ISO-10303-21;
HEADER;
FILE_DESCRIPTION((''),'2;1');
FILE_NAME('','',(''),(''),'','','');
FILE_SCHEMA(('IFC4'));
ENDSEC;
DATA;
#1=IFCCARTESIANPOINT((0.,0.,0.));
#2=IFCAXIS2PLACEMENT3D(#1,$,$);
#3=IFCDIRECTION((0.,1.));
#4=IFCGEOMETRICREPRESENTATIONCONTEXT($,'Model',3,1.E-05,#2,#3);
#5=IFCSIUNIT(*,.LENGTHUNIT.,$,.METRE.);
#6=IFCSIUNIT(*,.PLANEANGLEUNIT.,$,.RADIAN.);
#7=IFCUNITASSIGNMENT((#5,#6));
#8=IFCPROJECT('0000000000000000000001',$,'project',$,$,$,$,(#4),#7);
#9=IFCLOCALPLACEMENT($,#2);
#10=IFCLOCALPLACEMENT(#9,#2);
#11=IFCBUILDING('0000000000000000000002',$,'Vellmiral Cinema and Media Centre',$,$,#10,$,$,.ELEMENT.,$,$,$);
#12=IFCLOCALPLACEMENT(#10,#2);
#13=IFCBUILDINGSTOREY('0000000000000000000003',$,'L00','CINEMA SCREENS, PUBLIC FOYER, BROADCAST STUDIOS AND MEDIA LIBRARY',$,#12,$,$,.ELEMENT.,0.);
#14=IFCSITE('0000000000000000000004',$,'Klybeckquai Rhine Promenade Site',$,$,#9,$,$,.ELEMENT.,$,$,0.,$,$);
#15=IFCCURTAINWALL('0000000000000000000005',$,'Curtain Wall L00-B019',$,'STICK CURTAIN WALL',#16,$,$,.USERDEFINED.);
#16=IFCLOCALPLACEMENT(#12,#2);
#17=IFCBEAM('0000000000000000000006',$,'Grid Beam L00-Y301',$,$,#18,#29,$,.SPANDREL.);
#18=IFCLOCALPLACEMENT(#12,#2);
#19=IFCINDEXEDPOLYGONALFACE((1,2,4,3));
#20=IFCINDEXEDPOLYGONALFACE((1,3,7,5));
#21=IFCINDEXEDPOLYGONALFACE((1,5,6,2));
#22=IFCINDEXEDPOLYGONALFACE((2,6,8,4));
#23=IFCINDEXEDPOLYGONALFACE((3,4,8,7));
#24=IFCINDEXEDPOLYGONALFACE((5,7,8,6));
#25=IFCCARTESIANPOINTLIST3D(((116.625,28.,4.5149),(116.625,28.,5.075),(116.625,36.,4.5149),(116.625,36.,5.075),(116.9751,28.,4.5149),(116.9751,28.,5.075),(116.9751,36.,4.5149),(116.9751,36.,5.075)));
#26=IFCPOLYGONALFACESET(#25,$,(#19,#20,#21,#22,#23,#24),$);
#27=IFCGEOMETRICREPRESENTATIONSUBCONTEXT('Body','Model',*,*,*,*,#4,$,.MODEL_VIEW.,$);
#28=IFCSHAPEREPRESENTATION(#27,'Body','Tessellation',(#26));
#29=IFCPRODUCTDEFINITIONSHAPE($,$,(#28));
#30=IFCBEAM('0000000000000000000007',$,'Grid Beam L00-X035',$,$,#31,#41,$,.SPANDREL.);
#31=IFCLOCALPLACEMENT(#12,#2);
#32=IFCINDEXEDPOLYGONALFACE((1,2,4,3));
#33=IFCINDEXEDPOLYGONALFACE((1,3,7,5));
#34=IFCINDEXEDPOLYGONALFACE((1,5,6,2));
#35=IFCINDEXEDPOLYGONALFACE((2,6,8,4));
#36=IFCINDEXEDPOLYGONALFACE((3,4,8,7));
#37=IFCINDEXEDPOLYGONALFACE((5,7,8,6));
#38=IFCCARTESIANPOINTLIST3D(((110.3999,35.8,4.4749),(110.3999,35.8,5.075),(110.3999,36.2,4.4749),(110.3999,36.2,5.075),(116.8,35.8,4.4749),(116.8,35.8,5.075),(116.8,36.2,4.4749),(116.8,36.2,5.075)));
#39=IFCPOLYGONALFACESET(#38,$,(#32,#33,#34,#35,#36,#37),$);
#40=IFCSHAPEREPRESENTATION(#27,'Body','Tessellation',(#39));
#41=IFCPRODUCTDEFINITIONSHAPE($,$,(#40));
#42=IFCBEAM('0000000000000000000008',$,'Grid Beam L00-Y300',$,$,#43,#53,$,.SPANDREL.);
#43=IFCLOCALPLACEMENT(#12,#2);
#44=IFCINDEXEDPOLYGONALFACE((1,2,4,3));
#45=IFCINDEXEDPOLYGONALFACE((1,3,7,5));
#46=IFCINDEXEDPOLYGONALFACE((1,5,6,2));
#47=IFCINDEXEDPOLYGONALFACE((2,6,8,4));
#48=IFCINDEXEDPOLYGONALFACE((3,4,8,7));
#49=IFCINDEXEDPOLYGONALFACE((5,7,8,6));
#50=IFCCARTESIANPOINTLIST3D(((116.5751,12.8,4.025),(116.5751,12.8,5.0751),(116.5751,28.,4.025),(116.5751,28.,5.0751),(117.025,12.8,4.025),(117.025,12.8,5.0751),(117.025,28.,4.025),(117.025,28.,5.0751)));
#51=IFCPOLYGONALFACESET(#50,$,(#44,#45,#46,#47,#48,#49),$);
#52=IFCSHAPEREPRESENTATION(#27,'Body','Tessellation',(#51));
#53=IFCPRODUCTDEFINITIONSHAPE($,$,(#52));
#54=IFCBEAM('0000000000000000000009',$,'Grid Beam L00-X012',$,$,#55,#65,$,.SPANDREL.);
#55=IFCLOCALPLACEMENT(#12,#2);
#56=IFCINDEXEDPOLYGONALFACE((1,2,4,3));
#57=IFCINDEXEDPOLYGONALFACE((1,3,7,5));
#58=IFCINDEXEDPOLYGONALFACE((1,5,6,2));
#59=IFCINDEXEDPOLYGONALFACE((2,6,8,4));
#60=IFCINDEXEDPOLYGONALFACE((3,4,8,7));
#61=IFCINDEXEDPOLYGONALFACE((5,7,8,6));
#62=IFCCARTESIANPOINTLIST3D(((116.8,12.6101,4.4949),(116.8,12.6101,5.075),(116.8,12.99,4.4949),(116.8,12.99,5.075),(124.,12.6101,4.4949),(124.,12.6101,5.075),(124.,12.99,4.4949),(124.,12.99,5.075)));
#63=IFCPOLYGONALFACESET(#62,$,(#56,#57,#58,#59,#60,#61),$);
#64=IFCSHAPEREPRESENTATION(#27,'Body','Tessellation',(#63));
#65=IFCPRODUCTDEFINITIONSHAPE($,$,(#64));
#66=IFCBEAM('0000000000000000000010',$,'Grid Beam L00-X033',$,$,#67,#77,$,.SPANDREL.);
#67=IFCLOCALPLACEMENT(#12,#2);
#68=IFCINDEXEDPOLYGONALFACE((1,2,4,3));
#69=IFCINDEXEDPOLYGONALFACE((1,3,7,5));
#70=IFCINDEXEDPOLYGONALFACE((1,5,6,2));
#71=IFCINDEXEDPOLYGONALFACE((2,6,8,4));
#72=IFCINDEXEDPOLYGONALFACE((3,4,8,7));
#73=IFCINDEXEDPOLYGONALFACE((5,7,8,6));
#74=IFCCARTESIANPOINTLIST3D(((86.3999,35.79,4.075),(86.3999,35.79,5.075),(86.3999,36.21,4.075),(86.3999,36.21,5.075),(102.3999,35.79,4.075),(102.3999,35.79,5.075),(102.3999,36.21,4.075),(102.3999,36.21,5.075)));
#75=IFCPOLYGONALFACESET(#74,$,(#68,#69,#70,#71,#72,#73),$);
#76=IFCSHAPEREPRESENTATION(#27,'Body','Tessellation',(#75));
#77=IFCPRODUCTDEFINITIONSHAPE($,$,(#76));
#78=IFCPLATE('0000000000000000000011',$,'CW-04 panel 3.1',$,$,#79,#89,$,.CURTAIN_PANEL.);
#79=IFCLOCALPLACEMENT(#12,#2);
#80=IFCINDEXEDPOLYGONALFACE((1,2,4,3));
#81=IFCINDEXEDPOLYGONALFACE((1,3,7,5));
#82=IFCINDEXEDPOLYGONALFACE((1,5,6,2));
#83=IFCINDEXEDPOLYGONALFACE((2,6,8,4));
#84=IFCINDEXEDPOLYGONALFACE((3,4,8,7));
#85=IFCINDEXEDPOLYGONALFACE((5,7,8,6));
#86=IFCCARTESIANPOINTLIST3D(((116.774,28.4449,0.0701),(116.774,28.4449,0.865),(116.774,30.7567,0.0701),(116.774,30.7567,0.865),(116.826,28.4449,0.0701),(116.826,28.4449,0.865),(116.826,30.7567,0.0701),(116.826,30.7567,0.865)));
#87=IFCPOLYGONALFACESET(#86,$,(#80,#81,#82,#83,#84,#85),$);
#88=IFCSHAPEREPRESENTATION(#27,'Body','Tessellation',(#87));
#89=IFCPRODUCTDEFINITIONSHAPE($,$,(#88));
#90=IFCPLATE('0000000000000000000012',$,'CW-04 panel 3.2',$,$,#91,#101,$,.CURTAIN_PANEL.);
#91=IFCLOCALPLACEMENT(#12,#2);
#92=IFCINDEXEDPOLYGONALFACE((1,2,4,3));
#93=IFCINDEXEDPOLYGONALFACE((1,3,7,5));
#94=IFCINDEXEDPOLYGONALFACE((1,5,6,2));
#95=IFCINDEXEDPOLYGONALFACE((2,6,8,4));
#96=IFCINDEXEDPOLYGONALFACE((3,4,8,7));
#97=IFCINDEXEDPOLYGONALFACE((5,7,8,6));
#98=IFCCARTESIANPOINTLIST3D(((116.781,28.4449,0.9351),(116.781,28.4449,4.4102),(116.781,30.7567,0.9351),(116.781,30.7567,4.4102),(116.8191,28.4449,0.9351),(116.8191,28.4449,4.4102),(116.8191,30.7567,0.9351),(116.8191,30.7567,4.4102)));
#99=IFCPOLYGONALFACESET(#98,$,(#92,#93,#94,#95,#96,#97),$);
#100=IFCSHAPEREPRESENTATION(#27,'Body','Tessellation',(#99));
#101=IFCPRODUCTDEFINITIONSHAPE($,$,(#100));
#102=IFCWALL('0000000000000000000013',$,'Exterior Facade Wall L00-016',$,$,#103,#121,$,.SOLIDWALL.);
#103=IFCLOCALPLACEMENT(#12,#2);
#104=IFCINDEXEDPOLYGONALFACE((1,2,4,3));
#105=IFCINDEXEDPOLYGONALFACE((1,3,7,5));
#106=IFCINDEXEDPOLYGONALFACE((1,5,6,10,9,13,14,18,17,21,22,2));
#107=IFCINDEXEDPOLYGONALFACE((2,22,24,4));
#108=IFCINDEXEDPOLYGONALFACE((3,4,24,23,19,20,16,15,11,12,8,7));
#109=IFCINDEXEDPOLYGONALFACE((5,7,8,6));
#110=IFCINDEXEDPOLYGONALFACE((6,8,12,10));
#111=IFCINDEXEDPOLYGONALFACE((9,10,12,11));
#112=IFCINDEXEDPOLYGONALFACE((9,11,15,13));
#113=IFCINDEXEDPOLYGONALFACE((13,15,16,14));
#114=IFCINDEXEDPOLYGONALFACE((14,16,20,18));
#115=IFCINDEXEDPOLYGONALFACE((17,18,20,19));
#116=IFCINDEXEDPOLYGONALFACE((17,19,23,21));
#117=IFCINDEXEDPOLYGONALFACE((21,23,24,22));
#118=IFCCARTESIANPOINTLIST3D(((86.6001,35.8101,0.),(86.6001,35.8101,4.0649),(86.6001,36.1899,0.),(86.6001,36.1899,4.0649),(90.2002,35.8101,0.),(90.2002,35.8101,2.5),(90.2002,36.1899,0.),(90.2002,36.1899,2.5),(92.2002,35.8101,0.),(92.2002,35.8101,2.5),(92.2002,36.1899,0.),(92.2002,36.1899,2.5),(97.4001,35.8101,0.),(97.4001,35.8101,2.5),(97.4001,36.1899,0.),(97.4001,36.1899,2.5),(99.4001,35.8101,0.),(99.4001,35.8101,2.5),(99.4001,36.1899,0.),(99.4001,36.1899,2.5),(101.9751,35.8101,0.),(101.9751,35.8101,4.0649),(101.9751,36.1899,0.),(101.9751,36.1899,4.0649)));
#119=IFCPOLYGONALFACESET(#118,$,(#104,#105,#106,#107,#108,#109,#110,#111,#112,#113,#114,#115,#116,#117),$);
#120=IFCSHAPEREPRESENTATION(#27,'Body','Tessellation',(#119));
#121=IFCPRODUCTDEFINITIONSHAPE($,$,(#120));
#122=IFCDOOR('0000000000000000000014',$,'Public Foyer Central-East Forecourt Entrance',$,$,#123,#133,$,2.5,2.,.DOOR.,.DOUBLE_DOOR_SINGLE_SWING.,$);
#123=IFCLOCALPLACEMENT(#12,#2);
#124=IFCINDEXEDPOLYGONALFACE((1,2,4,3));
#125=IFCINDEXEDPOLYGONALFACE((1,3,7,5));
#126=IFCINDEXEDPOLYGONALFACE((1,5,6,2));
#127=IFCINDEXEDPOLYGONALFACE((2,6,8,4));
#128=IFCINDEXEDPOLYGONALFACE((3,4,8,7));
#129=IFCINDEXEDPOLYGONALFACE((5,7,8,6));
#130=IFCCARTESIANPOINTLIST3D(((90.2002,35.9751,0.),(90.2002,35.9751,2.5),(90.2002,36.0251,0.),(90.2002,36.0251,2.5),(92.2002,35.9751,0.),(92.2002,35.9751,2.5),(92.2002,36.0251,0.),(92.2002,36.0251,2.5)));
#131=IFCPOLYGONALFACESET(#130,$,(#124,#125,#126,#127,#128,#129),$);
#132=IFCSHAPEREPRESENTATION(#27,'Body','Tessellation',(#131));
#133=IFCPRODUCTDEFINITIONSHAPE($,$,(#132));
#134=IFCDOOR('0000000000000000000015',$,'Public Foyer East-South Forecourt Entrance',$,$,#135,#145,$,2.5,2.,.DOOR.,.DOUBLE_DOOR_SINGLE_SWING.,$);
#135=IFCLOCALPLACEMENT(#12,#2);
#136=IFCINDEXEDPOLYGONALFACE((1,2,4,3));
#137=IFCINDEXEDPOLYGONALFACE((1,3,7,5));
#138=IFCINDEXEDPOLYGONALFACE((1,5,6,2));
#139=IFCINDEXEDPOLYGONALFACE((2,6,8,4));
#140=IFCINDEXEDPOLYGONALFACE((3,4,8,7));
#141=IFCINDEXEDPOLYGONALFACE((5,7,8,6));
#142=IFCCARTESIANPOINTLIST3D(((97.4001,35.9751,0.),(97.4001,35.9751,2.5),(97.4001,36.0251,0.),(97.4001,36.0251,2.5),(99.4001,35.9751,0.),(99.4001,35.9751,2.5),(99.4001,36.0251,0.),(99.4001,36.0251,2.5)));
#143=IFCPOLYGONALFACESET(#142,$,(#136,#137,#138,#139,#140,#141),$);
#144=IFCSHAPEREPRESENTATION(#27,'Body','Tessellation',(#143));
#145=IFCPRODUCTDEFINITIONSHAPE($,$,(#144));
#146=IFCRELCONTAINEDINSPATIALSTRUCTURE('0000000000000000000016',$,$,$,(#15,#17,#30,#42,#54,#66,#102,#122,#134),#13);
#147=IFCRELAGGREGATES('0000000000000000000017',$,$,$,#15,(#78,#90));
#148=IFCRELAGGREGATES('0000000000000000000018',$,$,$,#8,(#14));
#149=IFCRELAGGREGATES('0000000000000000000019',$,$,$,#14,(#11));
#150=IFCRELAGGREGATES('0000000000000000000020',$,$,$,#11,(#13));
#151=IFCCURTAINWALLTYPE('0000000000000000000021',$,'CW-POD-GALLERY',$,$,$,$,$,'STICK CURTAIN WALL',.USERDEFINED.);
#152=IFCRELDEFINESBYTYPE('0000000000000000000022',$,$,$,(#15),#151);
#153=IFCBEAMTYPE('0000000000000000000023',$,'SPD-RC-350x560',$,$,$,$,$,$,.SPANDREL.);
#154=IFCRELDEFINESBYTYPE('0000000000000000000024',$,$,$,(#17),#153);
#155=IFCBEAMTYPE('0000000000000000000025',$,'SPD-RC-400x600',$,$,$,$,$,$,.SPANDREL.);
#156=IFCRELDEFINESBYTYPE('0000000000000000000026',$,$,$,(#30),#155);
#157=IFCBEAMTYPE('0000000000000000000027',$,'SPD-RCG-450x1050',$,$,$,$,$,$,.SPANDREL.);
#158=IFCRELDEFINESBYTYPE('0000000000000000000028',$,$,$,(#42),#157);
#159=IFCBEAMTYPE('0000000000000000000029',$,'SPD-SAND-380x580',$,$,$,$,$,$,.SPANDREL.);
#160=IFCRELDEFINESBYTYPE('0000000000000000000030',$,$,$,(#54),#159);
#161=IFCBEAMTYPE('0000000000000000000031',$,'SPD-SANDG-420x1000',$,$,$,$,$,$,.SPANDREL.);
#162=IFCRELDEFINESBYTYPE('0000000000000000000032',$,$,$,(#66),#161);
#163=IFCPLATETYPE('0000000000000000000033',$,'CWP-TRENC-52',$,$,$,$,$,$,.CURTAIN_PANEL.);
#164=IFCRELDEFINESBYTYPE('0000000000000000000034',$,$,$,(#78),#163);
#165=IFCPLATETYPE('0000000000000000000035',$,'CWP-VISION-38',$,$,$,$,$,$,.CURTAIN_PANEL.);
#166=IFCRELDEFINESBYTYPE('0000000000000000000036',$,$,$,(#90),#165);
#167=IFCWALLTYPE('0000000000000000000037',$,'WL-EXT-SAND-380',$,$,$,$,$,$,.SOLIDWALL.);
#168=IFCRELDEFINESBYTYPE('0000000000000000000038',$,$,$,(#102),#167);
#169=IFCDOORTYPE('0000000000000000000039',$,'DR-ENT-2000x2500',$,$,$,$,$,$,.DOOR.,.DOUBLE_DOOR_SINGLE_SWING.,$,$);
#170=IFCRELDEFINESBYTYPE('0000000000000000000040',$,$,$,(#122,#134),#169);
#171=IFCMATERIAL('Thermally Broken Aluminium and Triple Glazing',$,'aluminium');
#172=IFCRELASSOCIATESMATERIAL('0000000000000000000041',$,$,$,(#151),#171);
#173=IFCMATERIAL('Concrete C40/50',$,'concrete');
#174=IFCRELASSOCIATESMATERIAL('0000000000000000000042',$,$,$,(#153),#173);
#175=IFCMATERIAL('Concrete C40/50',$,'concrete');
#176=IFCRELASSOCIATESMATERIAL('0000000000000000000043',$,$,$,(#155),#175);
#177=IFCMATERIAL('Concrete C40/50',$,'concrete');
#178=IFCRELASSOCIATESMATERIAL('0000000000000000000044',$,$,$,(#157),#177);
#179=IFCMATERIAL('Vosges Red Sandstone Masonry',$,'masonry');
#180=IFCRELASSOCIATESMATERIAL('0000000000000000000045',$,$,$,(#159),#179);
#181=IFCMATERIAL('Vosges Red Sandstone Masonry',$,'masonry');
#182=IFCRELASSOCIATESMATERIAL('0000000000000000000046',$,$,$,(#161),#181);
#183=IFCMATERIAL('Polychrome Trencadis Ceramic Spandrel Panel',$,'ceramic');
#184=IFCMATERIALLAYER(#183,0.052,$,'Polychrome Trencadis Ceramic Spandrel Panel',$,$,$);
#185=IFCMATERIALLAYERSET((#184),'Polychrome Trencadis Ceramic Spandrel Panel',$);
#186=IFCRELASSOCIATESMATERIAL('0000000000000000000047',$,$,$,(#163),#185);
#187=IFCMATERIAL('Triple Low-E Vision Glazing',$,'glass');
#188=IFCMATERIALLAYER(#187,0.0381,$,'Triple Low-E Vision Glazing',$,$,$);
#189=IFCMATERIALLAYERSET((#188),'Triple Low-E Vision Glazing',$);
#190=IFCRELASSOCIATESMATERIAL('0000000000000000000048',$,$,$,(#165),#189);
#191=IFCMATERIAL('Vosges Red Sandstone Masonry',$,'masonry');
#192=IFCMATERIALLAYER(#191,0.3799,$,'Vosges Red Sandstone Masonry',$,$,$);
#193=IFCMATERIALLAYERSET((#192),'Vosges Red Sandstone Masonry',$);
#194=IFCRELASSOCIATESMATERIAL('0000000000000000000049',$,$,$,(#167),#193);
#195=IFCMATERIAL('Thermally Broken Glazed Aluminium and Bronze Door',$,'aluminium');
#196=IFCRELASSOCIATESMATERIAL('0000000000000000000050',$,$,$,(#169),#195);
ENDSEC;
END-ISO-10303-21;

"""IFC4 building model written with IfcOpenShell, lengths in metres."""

from ifc_helpers import new_model, si_unit, direction, frame, frame_2d, origin, origin_2d, place, context, subcontext, project, spatial, rectangle, extrude, material, layer, layer_set, material_profile, profile_set, type_object, element, fill, aggregate, save


model = new_model("IFC4")

# Units and contexts
model_context = context("Model", 3, precision=1e-05, world=origin(), true_north=direction((0.0, 1.0)))
body_context = subcontext(model_context, "Body", "Model", "MODEL_VIEW")
ifc_project = project(units=[si_unit("LENGTHUNIT", "METRE"), si_unit("PLANEANGLEUNIT", "RADIAN")], contexts=[model_context])

# Site, building, storey
site_placement = place(None, origin())
site = spatial("IfcSite", under=ifc_project, at=site_placement, Name="Klybeckquai Rhine Promenade Site", CompositionType="ELEMENT", RefElevation=0.0)
building_placement = place(site_placement, origin())
building = spatial("IfcBuilding", under=site, at=building_placement, Name="Vellmiral Cinema and Media Centre", CompositionType="ELEMENT")
storey_placement = place(building_placement, origin())
storey = spatial("IfcBuildingStorey", under=building, at=storey_placement, Name="L00", Description="CINEMA SCREENS, PUBLIC FOYER, BROADCAST STUDIOS AND MEDIA LIBRARY", CompositionType="ELEMENT", Elevation=0.0)

# Curtain wall
ifc_material_1 = material(Name="Thermally Broken Aluminium and Triple Glazing", Category="aluminium")
curtain_wall_type = type_object("IfcCurtainWallType", Name="CW-POD-GALLERY", ElementType="STICK CURTAIN WALL", PredefinedType="USERDEFINED", material=ifc_material_1)
curtain_wall_placement = place(storey_placement, origin())
curtain_wall = element("IfcCurtainWall", 1, at=curtain_wall_placement, inside=storey, type_object=curtain_wall_type, Name="Curtain Wall L00-B019", ObjectType="STICK CURTAIN WALL", PredefinedType="USERDEFINED")

# Beams
ifc_material_2 = material(Name="Concrete C40/50", Category="concrete")
ifc_material_profile_1 = material_profile(ifc_material_2, rectangle(XDim=0.3501, YDim=0.5601, at=origin_2d()), Name="RC 350x560")
ifc_profile_set_1 = profile_set([ifc_material_profile_1], Name="Concrete C40/50")
beam_type_1 = type_object("IfcBeamType", Name="SPD-RC-350x560", PredefinedType="SPANDREL", material=ifc_profile_set_1)
beam_1_placement = place(storey_placement, frame((116.8, 28.0, 4.7949), z_axis=(0.0, 1.0, 0.0), x_axis=(-1.0, 0.0, 0.0)))
element("IfcBeam", 2, at=beam_1_placement, inside=storey, type_object=beam_type_1, Name="Grid Beam L00-Y301", PredefinedType="SPANDREL", context=body_context, shape_type="SweptSolid", body=[
    extrude(rectangle(XDim=0.3501, YDim=0.5601, at=origin_2d()), origin(), (0.0, 0.0, 1.0), 8.0),
])
ifc_material_3 = material(Name="Concrete C40/50", Category="concrete")
ifc_material_profile_2 = material_profile(ifc_material_3, rectangle(XDim=0.3999, YDim=0.6001, at=origin_2d()), Name="RC 400x600")
ifc_profile_set_2 = profile_set([ifc_material_profile_2], Name="Concrete C40/50")
beam_type_2 = type_object("IfcBeamType", Name="SPD-RC-400x600", PredefinedType="SPANDREL", material=ifc_profile_set_2)
beam_2_placement = place(storey_placement, frame((110.3999, 36.0, 4.7749), z_axis=(1.0, 0.0, 0.0), x_axis=(0.0, 1.0, 0.0)))
element("IfcBeam", 3, at=beam_2_placement, inside=storey, type_object=beam_type_2, Name="Grid Beam L00-X035", PredefinedType="SPANDREL", context=body_context, shape_type="SweptSolid", body=[
    extrude(rectangle(XDim=0.3999, YDim=0.6001, at=origin_2d()), origin(), (0.0, 0.0, 1.0), 6.4001),
])
ifc_material_4 = material(Name="Concrete C40/50", Category="concrete")
ifc_material_profile_3 = material_profile(ifc_material_4, rectangle(XDim=0.45, YDim=1.05, at=origin_2d()), Name="RC 450x1050")
ifc_profile_set_3 = profile_set([ifc_material_profile_3], Name="Concrete C40/50")
beam_type_3 = type_object("IfcBeamType", Name="SPD-RCG-450x1050", PredefinedType="SPANDREL", material=ifc_profile_set_3)
beam_3_placement = place(storey_placement, frame((116.8, 12.8, 4.55), z_axis=(0.0, 1.0, 0.0), x_axis=(-1.0, 0.0, 0.0)))
element("IfcBeam", 4, at=beam_3_placement, inside=storey, type_object=beam_type_3, Name="Grid Beam L00-Y300", PredefinedType="SPANDREL", context=body_context, shape_type="SweptSolid", body=[
    extrude(rectangle(XDim=0.45, YDim=1.05, at=origin_2d()), origin(), (0.0, 0.0, 1.0), 15.2),
])
ifc_material_5 = material(Name="Vosges Red Sandstone Masonry", Category="masonry")
ifc_material_profile_4 = material_profile(ifc_material_5, rectangle(XDim=0.3799, YDim=0.5801, at=origin_2d()), Name="SAND 380x580")
ifc_profile_set_4 = profile_set([ifc_material_profile_4], Name="Vosges Red Sandstone Masonry")
beam_type_4 = type_object("IfcBeamType", Name="SPD-SAND-380x580", PredefinedType="SPANDREL", material=ifc_profile_set_4)
beam_4_placement = place(storey_placement, frame((116.8, 12.8, 4.7849), z_axis=(1.0, 0.0, 0.0), x_axis=(0.0, 1.0, 0.0)))
element("IfcBeam", 5, at=beam_4_placement, inside=storey, type_object=beam_type_4, Name="Grid Beam L00-X012", PredefinedType="SPANDREL", context=body_context, shape_type="SweptSolid", body=[
    extrude(rectangle(XDim=0.3799, YDim=0.5801, at=origin_2d()), origin(), (0.0, 0.0, 1.0), 7.2),
])
ifc_material_6 = material(Name="Vosges Red Sandstone Masonry", Category="masonry")
ifc_material_profile_5 = material_profile(ifc_material_6, rectangle(XDim=0.4199, YDim=1.0, at=origin_2d()), Name="SAND 420x1000")
ifc_profile_set_5 = profile_set([ifc_material_profile_5], Name="Vosges Red Sandstone Masonry")
beam_type_5 = type_object("IfcBeamType", Name="SPD-SANDG-420x1000", PredefinedType="SPANDREL", material=ifc_profile_set_5)
beam_5_placement = place(storey_placement, frame((86.3999, 36.0, 4.575), z_axis=(1.0, 0.0, 0.0), x_axis=(0.0, 1.0, 0.0)))
element("IfcBeam", 6, at=beam_5_placement, inside=storey, type_object=beam_type_5, Name="Grid Beam L00-X033", PredefinedType="SPANDREL", context=body_context, shape_type="SweptSolid", body=[
    extrude(rectangle(XDim=0.4199, YDim=1.0, at=origin_2d()), origin(), (0.0, 0.0, 1.0), 16.0),
])

# Plates
ifc_material_7 = material(Name="Polychrome Trencadis Ceramic Spandrel Panel", Category="ceramic")
ifc_layer_1 = layer(ifc_material_7, 0.052, Name="Polychrome Trencadis Ceramic Spandrel Panel")
ifc_layer_set_1 = layer_set([ifc_layer_1], Name="Polychrome Trencadis Ceramic Spandrel Panel")
plate_type_1 = type_object("IfcPlateType", Name="CWP-TRENC-52", PredefinedType="CURTAIN_PANEL", material=ifc_layer_set_1)
plate_1_placement = place(storey_placement, frame((116.8, 29.6008, 0.0701), z_axis=(0.0, 0.0, 1.0), x_axis=(0.0, -1.0, 0.0)))
plate_1 = element("IfcPlate", 7, at=plate_1_placement, type_object=plate_type_1, Name="CW-04 panel 3.1", PredefinedType="CURTAIN_PANEL", context=body_context, shape_type="SweptSolid", body=[
    extrude(rectangle(XDim=2.3118, YDim=0.052, at=origin_2d()), origin(), (0.0, 0.0, 1.0), 0.7949),
])
ifc_material_8 = material(Name="Triple Low-E Vision Glazing", Category="glass")
ifc_layer_2 = layer(ifc_material_8, 0.0381, Name="Triple Low-E Vision Glazing")
ifc_layer_set_2 = layer_set([ifc_layer_2], Name="Triple Low-E Vision Glazing")
plate_type_2 = type_object("IfcPlateType", Name="CWP-VISION-38", PredefinedType="CURTAIN_PANEL", material=ifc_layer_set_2)
plate_2_placement = place(storey_placement, frame((116.8, 29.6008, 0.9351), z_axis=(0.0, 0.0, 1.0), x_axis=(0.0, -1.0, 0.0)))
plate_2 = element("IfcPlate", 8, at=plate_2_placement, type_object=plate_type_2, Name="CW-04 panel 3.2", PredefinedType="CURTAIN_PANEL", context=body_context, shape_type="SweptSolid", body=[
    extrude(rectangle(XDim=2.3118, YDim=0.0381, at=origin_2d()), origin(), (0.0, 0.0, 1.0), 3.4751),
])
aggregate(curtain_wall, [plate_1, plate_2])

# Wall, openings, doors
ifc_material_9 = material(Name="Vosges Red Sandstone Masonry", Category="masonry")
ifc_layer_3 = layer(ifc_material_9, 0.3799, Name="Vosges Red Sandstone Masonry")
ifc_layer_set_3 = layer_set([ifc_layer_3], Name="Vosges Red Sandstone Masonry")
wall_type = type_object("IfcWallType", Name="WL-EXT-SAND-380", PredefinedType="SOLIDWALL", material=ifc_layer_set_3)
wall_1_placement = place(storey_placement, frame((86.6001, 36.0, 0.0), z_axis=(0.0, 0.0, 1.0), x_axis=(1.0, 0.0, 0.0)))
wall_1 = element("IfcWall", 9, at=wall_1_placement, inside=storey, type_object=wall_type, Name="Exterior Facade Wall L00-016", PredefinedType="SOLIDWALL", context=body_context, shape_type="SweptSolid", body=[
    extrude(rectangle(XDim=15.375, YDim=0.3799, at=frame_2d((7.6875, 0.0))), origin(), (0.0, 0.0, 1.0), 4.0649),
])
opening_1_placement = place(wall_1_placement, frame((3.6001, 0.0, 0.0)))
opening_1 = element("IfcOpeningElement", 10, at=opening_1_placement, cuts=wall_1, PredefinedType="OPENING", context=body_context, shape_type="SweptSolid", body=[
    extrude(rectangle(XDim=2.0, YDim=2.5, at=frame_2d((1.0, 1.25))), frame((0.0, 0.2019, 0.0), z_axis=(0.0, -1.0, 0.0), x_axis=(1.0, 0.0, 0.0)), (0.0, 0.0, 1.0), 0.4038),
])
opening_2_placement = place(wall_1_placement, frame((10.8, 0.0, 0.0)))
opening_2 = element("IfcOpeningElement", 11, at=opening_2_placement, cuts=wall_1, PredefinedType="OPENING", context=body_context, shape_type="SweptSolid", body=[
    extrude(rectangle(XDim=2.0, YDim=2.5, at=frame_2d((1.0, 1.25))), frame((0.0, 0.2019, 0.0), z_axis=(0.0, -1.0, 0.0), x_axis=(1.0, 0.0, 0.0)), (0.0, 0.0, 1.0), 0.4038),
])
ifc_material_10 = material(Name="Thermally Broken Glazed Aluminium and Bronze Door", Category="aluminium")
door_type_1 = type_object("IfcDoorType", Name="DR-ENT-2000x2500", OperationType="DOUBLE_DOOR_SINGLE_SWING", PredefinedType="DOOR", material=ifc_material_10)
door_1_placement = place(opening_1_placement, frame((2.0, 0.0, 0.0), z_axis=(0.0, 0.0, 1.0), x_axis=(-1.0, 0.0, 0.0)))
door_1 = element("IfcDoor", 12, at=door_1_placement, inside=storey, type_object=door_type_1, Name="Public Foyer Central-East Forecourt Entrance", OperationType="DOUBLE_DOOR_SINGLE_SWING", OverallHeight=2.5, OverallWidth=2.0, PredefinedType="DOOR", context=body_context, shape_type="SweptSolid", body=[
    extrude(rectangle(XDim=2.0, YDim=2.5, at=frame_2d((1.0, 1.25))), frame((0.0, 0.0249, 0.0), z_axis=(0.0, -1.0, 0.0), x_axis=(1.0, 0.0, 0.0)), (0.0, 0.0, 1.0), 0.05),
])
fill(opening_1, door_1)
door_2_placement = place(opening_2_placement, frame((2.0, 0.0, 0.0), z_axis=(0.0, 0.0, 1.0), x_axis=(-1.0, 0.0, 0.0)))
door_2 = element("IfcDoor", 13, at=door_2_placement, inside=storey, type_object=door_type_1, Name="Public Foyer East-South Forecourt Entrance", OperationType="DOUBLE_DOOR_SINGLE_SWING", OverallHeight=2.5, OverallWidth=2.0, PredefinedType="DOOR", context=body_context, shape_type="SweptSolid", body=[
    extrude(rectangle(XDim=2.0, YDim=2.5, at=frame_2d((1.0, 1.25))), frame((0.0, 0.0249, 0.0), z_axis=(0.0, -1.0, 0.0), x_axis=(1.0, 0.0, 0.0)), (0.0, 0.0, 1.0), 0.05),
])
fill(opening_2, door_2)

save(model, "model.ifc")
